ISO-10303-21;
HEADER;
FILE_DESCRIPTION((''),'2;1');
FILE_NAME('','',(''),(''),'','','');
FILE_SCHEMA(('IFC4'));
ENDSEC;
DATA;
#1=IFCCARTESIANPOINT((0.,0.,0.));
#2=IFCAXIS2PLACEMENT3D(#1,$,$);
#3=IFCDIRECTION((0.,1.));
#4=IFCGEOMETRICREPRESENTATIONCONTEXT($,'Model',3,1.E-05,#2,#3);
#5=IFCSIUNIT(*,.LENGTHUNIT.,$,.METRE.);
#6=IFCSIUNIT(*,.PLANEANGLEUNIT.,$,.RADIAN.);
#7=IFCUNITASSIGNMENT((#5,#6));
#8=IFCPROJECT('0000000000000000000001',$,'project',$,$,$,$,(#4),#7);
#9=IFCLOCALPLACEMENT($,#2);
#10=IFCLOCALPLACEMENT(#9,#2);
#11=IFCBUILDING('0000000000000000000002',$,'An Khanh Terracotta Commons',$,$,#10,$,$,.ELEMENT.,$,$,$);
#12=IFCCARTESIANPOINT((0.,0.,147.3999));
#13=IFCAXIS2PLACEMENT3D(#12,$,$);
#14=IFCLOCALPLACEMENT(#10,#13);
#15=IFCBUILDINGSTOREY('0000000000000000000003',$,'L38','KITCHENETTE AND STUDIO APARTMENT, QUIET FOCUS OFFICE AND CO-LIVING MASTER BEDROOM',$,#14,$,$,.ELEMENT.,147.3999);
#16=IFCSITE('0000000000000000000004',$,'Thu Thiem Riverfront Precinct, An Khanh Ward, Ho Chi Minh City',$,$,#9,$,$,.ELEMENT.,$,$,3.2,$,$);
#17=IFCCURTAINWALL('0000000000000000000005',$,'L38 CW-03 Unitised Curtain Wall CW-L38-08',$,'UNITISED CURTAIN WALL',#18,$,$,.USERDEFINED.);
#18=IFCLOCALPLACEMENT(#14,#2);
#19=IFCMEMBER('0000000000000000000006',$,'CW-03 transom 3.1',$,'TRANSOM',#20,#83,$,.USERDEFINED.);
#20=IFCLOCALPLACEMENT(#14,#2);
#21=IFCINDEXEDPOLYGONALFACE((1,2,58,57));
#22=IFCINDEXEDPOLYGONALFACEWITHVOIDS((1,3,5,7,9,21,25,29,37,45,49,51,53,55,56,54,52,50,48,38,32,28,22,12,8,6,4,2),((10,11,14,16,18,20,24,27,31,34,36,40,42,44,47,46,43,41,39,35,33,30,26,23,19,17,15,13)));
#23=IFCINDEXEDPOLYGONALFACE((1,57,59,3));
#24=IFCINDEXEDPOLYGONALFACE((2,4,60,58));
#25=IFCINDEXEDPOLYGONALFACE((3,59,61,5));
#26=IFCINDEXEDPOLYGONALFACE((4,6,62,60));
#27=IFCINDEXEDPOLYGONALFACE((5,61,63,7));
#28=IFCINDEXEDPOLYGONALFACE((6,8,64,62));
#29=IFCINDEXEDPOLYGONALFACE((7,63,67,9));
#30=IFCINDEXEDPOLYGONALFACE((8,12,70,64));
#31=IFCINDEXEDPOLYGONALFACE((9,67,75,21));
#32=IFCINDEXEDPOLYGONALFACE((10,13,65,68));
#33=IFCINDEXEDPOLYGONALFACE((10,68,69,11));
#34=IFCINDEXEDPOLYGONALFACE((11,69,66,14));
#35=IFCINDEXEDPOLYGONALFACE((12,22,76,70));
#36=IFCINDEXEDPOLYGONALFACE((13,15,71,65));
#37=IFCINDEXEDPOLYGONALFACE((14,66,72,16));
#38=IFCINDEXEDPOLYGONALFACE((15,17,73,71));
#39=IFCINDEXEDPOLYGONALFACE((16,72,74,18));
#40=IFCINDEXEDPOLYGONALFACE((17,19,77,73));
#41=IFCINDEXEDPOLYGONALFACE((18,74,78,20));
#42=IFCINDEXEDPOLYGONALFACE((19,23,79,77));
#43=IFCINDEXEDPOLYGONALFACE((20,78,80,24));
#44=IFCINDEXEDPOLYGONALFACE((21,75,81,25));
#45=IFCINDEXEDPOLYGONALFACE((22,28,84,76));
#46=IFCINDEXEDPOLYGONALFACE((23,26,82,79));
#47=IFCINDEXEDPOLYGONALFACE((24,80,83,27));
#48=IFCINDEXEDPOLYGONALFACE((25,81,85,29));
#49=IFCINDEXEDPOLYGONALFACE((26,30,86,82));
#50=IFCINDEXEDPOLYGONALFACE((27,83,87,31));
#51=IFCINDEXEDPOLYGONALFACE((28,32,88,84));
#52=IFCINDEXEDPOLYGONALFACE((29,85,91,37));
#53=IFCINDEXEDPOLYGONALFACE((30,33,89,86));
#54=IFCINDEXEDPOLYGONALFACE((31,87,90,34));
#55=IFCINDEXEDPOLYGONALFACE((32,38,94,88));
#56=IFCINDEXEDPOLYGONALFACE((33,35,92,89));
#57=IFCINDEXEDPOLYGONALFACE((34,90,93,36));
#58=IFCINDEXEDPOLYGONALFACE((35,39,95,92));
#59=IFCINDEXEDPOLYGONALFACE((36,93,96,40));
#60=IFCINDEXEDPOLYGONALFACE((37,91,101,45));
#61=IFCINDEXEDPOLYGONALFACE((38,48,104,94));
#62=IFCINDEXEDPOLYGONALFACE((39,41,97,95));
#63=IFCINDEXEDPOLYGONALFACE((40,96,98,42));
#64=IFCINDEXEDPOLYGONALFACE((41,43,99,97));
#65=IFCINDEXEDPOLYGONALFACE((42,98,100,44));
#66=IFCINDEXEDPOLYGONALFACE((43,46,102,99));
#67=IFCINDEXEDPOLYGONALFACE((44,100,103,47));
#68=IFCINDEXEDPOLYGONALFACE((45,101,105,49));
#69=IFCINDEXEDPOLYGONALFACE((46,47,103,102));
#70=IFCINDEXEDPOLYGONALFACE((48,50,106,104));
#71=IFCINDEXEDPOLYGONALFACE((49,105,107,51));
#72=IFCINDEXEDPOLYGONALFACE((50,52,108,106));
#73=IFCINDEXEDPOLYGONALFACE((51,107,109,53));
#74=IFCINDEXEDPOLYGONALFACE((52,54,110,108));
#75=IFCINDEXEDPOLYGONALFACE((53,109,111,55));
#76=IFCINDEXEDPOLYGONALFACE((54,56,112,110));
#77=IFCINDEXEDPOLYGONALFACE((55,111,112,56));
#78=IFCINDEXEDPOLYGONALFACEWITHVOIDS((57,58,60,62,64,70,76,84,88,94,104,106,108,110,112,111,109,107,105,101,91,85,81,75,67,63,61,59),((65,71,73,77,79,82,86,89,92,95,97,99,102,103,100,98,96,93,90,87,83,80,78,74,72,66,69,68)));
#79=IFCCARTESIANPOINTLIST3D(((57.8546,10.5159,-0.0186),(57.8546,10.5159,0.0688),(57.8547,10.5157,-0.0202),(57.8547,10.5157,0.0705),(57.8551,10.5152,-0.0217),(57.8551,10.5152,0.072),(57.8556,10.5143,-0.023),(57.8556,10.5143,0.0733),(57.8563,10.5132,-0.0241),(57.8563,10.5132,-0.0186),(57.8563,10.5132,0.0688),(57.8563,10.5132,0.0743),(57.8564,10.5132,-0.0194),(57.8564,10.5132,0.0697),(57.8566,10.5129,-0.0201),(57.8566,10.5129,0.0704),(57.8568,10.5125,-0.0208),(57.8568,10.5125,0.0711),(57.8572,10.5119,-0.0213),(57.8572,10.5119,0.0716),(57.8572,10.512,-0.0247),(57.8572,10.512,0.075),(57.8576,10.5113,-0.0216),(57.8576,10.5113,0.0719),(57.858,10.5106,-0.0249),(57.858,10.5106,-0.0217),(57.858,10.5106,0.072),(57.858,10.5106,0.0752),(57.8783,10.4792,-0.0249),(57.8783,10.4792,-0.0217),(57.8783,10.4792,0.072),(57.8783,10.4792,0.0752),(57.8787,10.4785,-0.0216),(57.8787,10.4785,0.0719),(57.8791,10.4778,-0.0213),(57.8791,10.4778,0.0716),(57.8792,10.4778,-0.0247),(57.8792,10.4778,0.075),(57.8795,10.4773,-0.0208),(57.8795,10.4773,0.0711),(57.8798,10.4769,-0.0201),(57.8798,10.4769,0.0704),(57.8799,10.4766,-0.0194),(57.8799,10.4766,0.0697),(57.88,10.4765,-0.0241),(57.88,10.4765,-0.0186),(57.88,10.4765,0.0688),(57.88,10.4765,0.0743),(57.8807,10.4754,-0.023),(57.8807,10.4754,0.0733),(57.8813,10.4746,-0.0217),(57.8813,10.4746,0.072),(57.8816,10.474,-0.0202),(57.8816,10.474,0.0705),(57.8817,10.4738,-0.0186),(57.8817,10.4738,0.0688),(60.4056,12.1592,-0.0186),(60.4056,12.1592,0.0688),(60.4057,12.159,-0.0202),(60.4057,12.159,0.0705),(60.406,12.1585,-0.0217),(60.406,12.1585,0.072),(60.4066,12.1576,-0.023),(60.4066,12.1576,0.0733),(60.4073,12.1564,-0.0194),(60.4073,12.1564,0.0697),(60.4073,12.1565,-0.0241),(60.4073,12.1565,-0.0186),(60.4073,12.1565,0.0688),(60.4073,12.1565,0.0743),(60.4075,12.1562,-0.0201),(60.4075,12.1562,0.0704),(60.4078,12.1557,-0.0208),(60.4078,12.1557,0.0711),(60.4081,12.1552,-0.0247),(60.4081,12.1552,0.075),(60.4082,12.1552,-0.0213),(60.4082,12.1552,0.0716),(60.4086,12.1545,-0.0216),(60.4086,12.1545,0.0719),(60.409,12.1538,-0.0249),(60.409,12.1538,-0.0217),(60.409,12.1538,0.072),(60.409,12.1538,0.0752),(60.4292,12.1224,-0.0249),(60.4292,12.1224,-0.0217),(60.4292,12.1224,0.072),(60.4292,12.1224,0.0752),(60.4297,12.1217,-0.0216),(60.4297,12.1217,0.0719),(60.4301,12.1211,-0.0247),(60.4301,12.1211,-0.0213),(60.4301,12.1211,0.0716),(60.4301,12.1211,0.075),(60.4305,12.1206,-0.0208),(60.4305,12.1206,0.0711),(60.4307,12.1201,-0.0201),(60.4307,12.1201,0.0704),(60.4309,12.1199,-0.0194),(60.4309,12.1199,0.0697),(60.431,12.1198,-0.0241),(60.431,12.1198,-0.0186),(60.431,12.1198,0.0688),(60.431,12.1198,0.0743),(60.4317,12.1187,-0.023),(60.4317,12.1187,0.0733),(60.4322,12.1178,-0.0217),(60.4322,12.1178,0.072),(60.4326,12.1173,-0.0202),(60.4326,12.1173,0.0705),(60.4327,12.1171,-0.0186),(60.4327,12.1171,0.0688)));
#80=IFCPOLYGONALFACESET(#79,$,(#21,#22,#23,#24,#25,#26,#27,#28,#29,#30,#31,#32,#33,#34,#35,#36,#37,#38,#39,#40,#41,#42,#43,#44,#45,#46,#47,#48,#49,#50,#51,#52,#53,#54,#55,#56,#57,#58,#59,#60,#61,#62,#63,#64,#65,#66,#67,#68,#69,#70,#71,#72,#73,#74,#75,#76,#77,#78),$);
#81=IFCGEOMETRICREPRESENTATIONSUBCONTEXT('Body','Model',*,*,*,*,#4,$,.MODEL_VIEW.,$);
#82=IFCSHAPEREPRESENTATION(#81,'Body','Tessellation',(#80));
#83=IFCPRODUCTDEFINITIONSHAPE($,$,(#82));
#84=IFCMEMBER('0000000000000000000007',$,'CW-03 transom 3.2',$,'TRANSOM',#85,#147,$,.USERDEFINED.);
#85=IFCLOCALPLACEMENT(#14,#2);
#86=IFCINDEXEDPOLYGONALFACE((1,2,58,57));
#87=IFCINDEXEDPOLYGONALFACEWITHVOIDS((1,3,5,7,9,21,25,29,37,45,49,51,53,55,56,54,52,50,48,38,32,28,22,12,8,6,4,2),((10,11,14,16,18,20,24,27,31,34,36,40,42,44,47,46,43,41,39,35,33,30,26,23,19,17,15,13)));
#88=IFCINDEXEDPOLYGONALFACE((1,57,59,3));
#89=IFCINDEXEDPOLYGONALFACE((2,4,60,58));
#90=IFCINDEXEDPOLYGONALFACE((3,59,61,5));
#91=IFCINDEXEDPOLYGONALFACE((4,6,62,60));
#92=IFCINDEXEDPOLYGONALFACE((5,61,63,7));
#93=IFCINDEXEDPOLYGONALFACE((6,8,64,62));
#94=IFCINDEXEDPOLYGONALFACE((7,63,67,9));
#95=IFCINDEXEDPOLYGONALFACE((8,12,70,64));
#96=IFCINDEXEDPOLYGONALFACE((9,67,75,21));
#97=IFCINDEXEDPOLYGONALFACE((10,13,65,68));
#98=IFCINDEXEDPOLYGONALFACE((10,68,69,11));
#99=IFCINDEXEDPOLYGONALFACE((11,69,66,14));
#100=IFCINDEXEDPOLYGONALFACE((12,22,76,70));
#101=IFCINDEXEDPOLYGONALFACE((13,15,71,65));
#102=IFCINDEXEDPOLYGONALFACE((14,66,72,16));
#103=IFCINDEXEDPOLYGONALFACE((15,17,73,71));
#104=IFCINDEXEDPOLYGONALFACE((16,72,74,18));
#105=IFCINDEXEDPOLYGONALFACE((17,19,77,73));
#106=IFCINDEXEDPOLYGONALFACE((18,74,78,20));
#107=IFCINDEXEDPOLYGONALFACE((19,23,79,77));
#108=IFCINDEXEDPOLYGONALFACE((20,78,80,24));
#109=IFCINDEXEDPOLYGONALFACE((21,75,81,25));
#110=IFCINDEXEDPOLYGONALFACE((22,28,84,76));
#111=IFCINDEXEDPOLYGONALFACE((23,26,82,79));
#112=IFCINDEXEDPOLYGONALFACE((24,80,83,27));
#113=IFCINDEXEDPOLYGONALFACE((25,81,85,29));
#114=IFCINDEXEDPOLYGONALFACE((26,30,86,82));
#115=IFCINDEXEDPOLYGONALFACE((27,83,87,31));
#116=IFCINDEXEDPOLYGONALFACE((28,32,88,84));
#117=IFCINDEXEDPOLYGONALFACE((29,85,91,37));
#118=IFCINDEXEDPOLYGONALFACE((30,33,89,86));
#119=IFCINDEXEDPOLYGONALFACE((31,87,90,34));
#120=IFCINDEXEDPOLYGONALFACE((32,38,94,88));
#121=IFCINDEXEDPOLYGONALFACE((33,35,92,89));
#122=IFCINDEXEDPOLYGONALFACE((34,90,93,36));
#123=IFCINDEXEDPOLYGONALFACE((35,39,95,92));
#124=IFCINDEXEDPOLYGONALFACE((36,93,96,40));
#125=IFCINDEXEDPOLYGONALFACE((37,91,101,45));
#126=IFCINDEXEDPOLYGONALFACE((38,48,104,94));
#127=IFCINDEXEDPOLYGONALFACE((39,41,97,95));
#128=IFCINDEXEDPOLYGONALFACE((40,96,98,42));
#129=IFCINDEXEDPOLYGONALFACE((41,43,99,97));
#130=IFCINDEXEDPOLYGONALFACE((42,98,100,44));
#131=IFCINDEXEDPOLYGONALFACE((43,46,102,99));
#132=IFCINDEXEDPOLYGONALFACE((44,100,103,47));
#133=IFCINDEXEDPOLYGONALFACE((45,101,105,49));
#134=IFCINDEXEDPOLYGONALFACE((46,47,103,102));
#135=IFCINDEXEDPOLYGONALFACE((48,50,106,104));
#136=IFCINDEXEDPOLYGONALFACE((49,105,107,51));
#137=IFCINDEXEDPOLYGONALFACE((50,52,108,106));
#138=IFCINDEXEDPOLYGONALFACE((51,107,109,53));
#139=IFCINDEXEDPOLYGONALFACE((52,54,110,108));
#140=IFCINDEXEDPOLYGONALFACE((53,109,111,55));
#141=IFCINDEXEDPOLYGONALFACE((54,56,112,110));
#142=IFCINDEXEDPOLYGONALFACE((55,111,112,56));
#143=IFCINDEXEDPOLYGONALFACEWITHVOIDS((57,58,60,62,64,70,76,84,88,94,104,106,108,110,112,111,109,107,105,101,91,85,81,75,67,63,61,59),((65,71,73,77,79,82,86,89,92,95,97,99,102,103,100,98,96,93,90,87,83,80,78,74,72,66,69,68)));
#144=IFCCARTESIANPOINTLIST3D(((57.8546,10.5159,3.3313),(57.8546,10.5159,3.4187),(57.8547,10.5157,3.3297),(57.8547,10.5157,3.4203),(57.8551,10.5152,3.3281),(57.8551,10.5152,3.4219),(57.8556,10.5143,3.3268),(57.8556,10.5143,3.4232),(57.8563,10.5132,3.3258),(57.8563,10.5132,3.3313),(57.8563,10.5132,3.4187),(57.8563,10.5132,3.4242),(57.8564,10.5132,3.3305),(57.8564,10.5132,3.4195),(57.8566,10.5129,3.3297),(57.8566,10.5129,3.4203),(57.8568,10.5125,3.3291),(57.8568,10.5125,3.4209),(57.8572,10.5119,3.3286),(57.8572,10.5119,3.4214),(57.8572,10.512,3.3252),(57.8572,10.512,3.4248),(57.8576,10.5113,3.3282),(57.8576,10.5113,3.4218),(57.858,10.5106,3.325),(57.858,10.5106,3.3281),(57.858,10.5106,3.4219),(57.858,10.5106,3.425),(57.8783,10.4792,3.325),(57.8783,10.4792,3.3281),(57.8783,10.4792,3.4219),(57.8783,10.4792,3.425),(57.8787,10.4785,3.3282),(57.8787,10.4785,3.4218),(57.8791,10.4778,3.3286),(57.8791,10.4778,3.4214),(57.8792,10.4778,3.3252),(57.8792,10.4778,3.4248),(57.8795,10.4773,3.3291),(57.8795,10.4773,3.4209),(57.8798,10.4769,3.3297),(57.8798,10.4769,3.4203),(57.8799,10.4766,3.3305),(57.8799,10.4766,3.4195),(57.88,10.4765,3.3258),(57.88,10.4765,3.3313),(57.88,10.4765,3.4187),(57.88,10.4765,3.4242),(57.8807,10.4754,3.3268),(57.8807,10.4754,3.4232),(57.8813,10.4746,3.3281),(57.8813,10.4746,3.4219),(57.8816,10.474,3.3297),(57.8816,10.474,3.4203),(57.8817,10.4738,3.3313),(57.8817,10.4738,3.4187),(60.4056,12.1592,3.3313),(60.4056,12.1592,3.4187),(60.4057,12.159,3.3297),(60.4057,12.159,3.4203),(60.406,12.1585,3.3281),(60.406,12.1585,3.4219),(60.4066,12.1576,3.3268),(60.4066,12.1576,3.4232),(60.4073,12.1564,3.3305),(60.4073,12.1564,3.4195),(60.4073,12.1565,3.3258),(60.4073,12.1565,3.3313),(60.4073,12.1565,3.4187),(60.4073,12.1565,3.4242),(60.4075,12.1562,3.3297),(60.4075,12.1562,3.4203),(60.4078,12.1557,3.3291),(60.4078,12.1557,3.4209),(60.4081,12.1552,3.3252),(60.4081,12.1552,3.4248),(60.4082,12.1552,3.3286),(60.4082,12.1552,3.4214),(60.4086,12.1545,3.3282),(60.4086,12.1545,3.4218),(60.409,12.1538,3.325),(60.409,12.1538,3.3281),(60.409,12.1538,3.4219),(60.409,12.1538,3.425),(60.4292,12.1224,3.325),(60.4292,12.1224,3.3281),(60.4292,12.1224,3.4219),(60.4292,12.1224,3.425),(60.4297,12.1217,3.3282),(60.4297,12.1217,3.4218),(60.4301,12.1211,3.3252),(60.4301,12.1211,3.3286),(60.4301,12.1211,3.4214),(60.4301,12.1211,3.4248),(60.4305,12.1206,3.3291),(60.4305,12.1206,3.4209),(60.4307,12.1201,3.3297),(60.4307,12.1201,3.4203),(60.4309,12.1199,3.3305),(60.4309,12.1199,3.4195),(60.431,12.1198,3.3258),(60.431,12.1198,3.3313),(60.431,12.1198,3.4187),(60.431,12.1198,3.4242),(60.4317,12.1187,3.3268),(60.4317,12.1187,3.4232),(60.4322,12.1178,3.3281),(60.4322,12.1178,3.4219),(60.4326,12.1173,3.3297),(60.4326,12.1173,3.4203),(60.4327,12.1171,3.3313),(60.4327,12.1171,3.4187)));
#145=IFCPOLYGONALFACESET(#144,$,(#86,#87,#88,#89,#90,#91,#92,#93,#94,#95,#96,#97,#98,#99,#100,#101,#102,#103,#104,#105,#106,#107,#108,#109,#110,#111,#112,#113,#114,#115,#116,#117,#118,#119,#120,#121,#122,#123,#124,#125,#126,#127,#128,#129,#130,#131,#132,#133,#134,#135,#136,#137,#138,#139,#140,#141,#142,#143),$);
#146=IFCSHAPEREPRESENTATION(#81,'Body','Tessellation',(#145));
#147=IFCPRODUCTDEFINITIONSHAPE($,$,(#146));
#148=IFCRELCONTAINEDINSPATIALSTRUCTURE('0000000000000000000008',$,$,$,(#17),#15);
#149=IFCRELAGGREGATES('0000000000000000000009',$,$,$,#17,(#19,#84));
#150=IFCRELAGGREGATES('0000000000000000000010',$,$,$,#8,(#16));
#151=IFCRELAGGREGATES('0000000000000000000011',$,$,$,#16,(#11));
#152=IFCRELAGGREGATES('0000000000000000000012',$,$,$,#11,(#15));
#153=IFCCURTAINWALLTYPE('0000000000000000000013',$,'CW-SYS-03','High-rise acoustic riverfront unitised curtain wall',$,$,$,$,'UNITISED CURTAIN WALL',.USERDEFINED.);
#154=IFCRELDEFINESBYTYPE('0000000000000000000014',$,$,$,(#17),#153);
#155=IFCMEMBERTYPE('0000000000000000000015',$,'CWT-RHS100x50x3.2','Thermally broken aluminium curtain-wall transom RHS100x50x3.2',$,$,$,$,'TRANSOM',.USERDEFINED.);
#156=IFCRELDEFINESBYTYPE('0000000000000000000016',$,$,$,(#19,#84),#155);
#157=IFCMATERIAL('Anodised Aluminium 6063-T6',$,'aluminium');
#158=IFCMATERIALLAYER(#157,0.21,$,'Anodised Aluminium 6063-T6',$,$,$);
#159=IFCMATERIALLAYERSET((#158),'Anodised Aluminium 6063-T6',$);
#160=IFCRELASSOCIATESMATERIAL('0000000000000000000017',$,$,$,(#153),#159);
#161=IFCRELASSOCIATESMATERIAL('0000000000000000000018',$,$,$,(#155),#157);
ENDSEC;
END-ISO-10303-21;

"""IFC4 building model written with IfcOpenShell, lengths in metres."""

from ifc_helpers import new_model, si_unit, direction, frame, origin, origin_2d, place, context, subcontext, project, spatial, hollow_rectangle, extrude, material, layer, layer_set, material_profile, profile_set, type_object, element, aggregate, save


model = new_model("IFC4")

# Units and contexts
model_context = context("Model", 3, precision=1e-05, world=origin(), true_north=direction((0.0, 1.0)))
body_context = subcontext(model_context, "Body", "Model", "MODEL_VIEW")
ifc_project = project(units=[si_unit("LENGTHUNIT", "METRE"), si_unit("PLANEANGLEUNIT", "RADIAN")], contexts=[model_context])

# Site, building, storey
site_placement = place(None, origin())
site = spatial("IfcSite", under=ifc_project, at=site_placement, Name="Thu Thiem Riverfront Precinct, An Khanh Ward, Ho Chi Minh City", CompositionType="ELEMENT", RefElevation=3.2)
building_placement = place(site_placement, origin())
building = spatial("IfcBuilding", under=site, at=building_placement, Name="An Khanh Terracotta Commons", CompositionType="ELEMENT")
storey_placement = place(building_placement, frame((0.0, 0.0, 147.3999)))
storey = spatial("IfcBuildingStorey", under=building, at=storey_placement, Name="L38", Description="KITCHENETTE AND STUDIO APARTMENT, QUIET FOCUS OFFICE AND CO-LIVING MASTER BEDROOM", CompositionType="ELEMENT", Elevation=147.3999)

# Curtain wall
ifc_material_1 = material(Name="Anodised Aluminium 6063-T6", Category="aluminium")
ifc_layer_1 = layer(ifc_material_1, 0.21, Name="Anodised Aluminium 6063-T6")
ifc_layer_set_1 = layer_set([ifc_layer_1], Name="Anodised Aluminium 6063-T6")
curtain_wall_type = type_object("IfcCurtainWallType", Name="CW-SYS-03", Description="High-rise acoustic riverfront unitised curtain wall", ElementType="UNITISED CURTAIN WALL", PredefinedType="USERDEFINED", material=ifc_layer_set_1)
curtain_wall_1_placement = place(storey_placement, origin())
curtain_wall_1 = element("IfcCurtainWall", 1, at=curtain_wall_1_placement, inside=storey, type_object=curtain_wall_type, Name="L38 CW-03 Unitised Curtain Wall CW-L38-08", ObjectType="UNITISED CURTAIN WALL", PredefinedType="USERDEFINED")

# Members
ifc_material_profile_1 = material_profile(ifc_material_1, hollow_rectangle(XDim=0.05, YDim=0.1001, WallThickness=0.0032, InnerFilletRadius=0.0032, OuterFilletRadius=0.0063, at=origin_2d()), Name="RHS100x50x3.2")
ifc_profile_set_1 = profile_set([ifc_material_profile_1], Name="Anodised Aluminium 6063-T6")
member_type_1 = type_object("IfcMemberType", Name="CWT-RHS100x50x3.2", Description="Thermally broken aluminium curtain-wall transom RHS100x50x3.2", ElementType="TRANSOM", PredefinedType="USERDEFINED", material=ifc_profile_set_1)
member_1_placement = place(storey_placement, frame((57.8682, 10.4949, 0.0251), z_axis=(0.840674, 0.541542, 0.0), x_axis=(-0.541542, 0.840674, 0.0)))
member_1 = element("IfcMember", 2, at=member_1_placement, type_object=member_type_1, Name="CW-03 transom 3.1", ObjectType="TRANSOM", PredefinedType="USERDEFINED", context=body_context, shape_type="SweptSolid", body=[
    extrude(hollow_rectangle(XDim=0.05, YDim=0.1001, WallThickness=0.0032, InnerFilletRadius=0.0032, OuterFilletRadius=0.0063, at=origin_2d()), origin(), (0.0, 0.0, 1.0), 3.0344),
])
member_2_placement = place(storey_placement, frame((57.8682, 10.4949, 3.375), z_axis=(0.840674, 0.541542, 0.0), x_axis=(-0.541542, 0.840674, 0.0)))
member_2 = element("IfcMember", 3, at=member_2_placement, type_object=member_type_1, Name="CW-03 transom 3.2", ObjectType="TRANSOM", PredefinedType="USERDEFINED", context=body_context, shape_type="SweptSolid", body=[
    extrude(hollow_rectangle(XDim=0.05, YDim=0.1001, WallThickness=0.0032, InnerFilletRadius=0.0032, OuterFilletRadius=0.0063, at=origin_2d()), origin(), (0.0, 0.0, 1.0), 3.0344),
])

aggregate(curtain_wall_1, [member_1, member_2])

save(model, "model.ifc")
